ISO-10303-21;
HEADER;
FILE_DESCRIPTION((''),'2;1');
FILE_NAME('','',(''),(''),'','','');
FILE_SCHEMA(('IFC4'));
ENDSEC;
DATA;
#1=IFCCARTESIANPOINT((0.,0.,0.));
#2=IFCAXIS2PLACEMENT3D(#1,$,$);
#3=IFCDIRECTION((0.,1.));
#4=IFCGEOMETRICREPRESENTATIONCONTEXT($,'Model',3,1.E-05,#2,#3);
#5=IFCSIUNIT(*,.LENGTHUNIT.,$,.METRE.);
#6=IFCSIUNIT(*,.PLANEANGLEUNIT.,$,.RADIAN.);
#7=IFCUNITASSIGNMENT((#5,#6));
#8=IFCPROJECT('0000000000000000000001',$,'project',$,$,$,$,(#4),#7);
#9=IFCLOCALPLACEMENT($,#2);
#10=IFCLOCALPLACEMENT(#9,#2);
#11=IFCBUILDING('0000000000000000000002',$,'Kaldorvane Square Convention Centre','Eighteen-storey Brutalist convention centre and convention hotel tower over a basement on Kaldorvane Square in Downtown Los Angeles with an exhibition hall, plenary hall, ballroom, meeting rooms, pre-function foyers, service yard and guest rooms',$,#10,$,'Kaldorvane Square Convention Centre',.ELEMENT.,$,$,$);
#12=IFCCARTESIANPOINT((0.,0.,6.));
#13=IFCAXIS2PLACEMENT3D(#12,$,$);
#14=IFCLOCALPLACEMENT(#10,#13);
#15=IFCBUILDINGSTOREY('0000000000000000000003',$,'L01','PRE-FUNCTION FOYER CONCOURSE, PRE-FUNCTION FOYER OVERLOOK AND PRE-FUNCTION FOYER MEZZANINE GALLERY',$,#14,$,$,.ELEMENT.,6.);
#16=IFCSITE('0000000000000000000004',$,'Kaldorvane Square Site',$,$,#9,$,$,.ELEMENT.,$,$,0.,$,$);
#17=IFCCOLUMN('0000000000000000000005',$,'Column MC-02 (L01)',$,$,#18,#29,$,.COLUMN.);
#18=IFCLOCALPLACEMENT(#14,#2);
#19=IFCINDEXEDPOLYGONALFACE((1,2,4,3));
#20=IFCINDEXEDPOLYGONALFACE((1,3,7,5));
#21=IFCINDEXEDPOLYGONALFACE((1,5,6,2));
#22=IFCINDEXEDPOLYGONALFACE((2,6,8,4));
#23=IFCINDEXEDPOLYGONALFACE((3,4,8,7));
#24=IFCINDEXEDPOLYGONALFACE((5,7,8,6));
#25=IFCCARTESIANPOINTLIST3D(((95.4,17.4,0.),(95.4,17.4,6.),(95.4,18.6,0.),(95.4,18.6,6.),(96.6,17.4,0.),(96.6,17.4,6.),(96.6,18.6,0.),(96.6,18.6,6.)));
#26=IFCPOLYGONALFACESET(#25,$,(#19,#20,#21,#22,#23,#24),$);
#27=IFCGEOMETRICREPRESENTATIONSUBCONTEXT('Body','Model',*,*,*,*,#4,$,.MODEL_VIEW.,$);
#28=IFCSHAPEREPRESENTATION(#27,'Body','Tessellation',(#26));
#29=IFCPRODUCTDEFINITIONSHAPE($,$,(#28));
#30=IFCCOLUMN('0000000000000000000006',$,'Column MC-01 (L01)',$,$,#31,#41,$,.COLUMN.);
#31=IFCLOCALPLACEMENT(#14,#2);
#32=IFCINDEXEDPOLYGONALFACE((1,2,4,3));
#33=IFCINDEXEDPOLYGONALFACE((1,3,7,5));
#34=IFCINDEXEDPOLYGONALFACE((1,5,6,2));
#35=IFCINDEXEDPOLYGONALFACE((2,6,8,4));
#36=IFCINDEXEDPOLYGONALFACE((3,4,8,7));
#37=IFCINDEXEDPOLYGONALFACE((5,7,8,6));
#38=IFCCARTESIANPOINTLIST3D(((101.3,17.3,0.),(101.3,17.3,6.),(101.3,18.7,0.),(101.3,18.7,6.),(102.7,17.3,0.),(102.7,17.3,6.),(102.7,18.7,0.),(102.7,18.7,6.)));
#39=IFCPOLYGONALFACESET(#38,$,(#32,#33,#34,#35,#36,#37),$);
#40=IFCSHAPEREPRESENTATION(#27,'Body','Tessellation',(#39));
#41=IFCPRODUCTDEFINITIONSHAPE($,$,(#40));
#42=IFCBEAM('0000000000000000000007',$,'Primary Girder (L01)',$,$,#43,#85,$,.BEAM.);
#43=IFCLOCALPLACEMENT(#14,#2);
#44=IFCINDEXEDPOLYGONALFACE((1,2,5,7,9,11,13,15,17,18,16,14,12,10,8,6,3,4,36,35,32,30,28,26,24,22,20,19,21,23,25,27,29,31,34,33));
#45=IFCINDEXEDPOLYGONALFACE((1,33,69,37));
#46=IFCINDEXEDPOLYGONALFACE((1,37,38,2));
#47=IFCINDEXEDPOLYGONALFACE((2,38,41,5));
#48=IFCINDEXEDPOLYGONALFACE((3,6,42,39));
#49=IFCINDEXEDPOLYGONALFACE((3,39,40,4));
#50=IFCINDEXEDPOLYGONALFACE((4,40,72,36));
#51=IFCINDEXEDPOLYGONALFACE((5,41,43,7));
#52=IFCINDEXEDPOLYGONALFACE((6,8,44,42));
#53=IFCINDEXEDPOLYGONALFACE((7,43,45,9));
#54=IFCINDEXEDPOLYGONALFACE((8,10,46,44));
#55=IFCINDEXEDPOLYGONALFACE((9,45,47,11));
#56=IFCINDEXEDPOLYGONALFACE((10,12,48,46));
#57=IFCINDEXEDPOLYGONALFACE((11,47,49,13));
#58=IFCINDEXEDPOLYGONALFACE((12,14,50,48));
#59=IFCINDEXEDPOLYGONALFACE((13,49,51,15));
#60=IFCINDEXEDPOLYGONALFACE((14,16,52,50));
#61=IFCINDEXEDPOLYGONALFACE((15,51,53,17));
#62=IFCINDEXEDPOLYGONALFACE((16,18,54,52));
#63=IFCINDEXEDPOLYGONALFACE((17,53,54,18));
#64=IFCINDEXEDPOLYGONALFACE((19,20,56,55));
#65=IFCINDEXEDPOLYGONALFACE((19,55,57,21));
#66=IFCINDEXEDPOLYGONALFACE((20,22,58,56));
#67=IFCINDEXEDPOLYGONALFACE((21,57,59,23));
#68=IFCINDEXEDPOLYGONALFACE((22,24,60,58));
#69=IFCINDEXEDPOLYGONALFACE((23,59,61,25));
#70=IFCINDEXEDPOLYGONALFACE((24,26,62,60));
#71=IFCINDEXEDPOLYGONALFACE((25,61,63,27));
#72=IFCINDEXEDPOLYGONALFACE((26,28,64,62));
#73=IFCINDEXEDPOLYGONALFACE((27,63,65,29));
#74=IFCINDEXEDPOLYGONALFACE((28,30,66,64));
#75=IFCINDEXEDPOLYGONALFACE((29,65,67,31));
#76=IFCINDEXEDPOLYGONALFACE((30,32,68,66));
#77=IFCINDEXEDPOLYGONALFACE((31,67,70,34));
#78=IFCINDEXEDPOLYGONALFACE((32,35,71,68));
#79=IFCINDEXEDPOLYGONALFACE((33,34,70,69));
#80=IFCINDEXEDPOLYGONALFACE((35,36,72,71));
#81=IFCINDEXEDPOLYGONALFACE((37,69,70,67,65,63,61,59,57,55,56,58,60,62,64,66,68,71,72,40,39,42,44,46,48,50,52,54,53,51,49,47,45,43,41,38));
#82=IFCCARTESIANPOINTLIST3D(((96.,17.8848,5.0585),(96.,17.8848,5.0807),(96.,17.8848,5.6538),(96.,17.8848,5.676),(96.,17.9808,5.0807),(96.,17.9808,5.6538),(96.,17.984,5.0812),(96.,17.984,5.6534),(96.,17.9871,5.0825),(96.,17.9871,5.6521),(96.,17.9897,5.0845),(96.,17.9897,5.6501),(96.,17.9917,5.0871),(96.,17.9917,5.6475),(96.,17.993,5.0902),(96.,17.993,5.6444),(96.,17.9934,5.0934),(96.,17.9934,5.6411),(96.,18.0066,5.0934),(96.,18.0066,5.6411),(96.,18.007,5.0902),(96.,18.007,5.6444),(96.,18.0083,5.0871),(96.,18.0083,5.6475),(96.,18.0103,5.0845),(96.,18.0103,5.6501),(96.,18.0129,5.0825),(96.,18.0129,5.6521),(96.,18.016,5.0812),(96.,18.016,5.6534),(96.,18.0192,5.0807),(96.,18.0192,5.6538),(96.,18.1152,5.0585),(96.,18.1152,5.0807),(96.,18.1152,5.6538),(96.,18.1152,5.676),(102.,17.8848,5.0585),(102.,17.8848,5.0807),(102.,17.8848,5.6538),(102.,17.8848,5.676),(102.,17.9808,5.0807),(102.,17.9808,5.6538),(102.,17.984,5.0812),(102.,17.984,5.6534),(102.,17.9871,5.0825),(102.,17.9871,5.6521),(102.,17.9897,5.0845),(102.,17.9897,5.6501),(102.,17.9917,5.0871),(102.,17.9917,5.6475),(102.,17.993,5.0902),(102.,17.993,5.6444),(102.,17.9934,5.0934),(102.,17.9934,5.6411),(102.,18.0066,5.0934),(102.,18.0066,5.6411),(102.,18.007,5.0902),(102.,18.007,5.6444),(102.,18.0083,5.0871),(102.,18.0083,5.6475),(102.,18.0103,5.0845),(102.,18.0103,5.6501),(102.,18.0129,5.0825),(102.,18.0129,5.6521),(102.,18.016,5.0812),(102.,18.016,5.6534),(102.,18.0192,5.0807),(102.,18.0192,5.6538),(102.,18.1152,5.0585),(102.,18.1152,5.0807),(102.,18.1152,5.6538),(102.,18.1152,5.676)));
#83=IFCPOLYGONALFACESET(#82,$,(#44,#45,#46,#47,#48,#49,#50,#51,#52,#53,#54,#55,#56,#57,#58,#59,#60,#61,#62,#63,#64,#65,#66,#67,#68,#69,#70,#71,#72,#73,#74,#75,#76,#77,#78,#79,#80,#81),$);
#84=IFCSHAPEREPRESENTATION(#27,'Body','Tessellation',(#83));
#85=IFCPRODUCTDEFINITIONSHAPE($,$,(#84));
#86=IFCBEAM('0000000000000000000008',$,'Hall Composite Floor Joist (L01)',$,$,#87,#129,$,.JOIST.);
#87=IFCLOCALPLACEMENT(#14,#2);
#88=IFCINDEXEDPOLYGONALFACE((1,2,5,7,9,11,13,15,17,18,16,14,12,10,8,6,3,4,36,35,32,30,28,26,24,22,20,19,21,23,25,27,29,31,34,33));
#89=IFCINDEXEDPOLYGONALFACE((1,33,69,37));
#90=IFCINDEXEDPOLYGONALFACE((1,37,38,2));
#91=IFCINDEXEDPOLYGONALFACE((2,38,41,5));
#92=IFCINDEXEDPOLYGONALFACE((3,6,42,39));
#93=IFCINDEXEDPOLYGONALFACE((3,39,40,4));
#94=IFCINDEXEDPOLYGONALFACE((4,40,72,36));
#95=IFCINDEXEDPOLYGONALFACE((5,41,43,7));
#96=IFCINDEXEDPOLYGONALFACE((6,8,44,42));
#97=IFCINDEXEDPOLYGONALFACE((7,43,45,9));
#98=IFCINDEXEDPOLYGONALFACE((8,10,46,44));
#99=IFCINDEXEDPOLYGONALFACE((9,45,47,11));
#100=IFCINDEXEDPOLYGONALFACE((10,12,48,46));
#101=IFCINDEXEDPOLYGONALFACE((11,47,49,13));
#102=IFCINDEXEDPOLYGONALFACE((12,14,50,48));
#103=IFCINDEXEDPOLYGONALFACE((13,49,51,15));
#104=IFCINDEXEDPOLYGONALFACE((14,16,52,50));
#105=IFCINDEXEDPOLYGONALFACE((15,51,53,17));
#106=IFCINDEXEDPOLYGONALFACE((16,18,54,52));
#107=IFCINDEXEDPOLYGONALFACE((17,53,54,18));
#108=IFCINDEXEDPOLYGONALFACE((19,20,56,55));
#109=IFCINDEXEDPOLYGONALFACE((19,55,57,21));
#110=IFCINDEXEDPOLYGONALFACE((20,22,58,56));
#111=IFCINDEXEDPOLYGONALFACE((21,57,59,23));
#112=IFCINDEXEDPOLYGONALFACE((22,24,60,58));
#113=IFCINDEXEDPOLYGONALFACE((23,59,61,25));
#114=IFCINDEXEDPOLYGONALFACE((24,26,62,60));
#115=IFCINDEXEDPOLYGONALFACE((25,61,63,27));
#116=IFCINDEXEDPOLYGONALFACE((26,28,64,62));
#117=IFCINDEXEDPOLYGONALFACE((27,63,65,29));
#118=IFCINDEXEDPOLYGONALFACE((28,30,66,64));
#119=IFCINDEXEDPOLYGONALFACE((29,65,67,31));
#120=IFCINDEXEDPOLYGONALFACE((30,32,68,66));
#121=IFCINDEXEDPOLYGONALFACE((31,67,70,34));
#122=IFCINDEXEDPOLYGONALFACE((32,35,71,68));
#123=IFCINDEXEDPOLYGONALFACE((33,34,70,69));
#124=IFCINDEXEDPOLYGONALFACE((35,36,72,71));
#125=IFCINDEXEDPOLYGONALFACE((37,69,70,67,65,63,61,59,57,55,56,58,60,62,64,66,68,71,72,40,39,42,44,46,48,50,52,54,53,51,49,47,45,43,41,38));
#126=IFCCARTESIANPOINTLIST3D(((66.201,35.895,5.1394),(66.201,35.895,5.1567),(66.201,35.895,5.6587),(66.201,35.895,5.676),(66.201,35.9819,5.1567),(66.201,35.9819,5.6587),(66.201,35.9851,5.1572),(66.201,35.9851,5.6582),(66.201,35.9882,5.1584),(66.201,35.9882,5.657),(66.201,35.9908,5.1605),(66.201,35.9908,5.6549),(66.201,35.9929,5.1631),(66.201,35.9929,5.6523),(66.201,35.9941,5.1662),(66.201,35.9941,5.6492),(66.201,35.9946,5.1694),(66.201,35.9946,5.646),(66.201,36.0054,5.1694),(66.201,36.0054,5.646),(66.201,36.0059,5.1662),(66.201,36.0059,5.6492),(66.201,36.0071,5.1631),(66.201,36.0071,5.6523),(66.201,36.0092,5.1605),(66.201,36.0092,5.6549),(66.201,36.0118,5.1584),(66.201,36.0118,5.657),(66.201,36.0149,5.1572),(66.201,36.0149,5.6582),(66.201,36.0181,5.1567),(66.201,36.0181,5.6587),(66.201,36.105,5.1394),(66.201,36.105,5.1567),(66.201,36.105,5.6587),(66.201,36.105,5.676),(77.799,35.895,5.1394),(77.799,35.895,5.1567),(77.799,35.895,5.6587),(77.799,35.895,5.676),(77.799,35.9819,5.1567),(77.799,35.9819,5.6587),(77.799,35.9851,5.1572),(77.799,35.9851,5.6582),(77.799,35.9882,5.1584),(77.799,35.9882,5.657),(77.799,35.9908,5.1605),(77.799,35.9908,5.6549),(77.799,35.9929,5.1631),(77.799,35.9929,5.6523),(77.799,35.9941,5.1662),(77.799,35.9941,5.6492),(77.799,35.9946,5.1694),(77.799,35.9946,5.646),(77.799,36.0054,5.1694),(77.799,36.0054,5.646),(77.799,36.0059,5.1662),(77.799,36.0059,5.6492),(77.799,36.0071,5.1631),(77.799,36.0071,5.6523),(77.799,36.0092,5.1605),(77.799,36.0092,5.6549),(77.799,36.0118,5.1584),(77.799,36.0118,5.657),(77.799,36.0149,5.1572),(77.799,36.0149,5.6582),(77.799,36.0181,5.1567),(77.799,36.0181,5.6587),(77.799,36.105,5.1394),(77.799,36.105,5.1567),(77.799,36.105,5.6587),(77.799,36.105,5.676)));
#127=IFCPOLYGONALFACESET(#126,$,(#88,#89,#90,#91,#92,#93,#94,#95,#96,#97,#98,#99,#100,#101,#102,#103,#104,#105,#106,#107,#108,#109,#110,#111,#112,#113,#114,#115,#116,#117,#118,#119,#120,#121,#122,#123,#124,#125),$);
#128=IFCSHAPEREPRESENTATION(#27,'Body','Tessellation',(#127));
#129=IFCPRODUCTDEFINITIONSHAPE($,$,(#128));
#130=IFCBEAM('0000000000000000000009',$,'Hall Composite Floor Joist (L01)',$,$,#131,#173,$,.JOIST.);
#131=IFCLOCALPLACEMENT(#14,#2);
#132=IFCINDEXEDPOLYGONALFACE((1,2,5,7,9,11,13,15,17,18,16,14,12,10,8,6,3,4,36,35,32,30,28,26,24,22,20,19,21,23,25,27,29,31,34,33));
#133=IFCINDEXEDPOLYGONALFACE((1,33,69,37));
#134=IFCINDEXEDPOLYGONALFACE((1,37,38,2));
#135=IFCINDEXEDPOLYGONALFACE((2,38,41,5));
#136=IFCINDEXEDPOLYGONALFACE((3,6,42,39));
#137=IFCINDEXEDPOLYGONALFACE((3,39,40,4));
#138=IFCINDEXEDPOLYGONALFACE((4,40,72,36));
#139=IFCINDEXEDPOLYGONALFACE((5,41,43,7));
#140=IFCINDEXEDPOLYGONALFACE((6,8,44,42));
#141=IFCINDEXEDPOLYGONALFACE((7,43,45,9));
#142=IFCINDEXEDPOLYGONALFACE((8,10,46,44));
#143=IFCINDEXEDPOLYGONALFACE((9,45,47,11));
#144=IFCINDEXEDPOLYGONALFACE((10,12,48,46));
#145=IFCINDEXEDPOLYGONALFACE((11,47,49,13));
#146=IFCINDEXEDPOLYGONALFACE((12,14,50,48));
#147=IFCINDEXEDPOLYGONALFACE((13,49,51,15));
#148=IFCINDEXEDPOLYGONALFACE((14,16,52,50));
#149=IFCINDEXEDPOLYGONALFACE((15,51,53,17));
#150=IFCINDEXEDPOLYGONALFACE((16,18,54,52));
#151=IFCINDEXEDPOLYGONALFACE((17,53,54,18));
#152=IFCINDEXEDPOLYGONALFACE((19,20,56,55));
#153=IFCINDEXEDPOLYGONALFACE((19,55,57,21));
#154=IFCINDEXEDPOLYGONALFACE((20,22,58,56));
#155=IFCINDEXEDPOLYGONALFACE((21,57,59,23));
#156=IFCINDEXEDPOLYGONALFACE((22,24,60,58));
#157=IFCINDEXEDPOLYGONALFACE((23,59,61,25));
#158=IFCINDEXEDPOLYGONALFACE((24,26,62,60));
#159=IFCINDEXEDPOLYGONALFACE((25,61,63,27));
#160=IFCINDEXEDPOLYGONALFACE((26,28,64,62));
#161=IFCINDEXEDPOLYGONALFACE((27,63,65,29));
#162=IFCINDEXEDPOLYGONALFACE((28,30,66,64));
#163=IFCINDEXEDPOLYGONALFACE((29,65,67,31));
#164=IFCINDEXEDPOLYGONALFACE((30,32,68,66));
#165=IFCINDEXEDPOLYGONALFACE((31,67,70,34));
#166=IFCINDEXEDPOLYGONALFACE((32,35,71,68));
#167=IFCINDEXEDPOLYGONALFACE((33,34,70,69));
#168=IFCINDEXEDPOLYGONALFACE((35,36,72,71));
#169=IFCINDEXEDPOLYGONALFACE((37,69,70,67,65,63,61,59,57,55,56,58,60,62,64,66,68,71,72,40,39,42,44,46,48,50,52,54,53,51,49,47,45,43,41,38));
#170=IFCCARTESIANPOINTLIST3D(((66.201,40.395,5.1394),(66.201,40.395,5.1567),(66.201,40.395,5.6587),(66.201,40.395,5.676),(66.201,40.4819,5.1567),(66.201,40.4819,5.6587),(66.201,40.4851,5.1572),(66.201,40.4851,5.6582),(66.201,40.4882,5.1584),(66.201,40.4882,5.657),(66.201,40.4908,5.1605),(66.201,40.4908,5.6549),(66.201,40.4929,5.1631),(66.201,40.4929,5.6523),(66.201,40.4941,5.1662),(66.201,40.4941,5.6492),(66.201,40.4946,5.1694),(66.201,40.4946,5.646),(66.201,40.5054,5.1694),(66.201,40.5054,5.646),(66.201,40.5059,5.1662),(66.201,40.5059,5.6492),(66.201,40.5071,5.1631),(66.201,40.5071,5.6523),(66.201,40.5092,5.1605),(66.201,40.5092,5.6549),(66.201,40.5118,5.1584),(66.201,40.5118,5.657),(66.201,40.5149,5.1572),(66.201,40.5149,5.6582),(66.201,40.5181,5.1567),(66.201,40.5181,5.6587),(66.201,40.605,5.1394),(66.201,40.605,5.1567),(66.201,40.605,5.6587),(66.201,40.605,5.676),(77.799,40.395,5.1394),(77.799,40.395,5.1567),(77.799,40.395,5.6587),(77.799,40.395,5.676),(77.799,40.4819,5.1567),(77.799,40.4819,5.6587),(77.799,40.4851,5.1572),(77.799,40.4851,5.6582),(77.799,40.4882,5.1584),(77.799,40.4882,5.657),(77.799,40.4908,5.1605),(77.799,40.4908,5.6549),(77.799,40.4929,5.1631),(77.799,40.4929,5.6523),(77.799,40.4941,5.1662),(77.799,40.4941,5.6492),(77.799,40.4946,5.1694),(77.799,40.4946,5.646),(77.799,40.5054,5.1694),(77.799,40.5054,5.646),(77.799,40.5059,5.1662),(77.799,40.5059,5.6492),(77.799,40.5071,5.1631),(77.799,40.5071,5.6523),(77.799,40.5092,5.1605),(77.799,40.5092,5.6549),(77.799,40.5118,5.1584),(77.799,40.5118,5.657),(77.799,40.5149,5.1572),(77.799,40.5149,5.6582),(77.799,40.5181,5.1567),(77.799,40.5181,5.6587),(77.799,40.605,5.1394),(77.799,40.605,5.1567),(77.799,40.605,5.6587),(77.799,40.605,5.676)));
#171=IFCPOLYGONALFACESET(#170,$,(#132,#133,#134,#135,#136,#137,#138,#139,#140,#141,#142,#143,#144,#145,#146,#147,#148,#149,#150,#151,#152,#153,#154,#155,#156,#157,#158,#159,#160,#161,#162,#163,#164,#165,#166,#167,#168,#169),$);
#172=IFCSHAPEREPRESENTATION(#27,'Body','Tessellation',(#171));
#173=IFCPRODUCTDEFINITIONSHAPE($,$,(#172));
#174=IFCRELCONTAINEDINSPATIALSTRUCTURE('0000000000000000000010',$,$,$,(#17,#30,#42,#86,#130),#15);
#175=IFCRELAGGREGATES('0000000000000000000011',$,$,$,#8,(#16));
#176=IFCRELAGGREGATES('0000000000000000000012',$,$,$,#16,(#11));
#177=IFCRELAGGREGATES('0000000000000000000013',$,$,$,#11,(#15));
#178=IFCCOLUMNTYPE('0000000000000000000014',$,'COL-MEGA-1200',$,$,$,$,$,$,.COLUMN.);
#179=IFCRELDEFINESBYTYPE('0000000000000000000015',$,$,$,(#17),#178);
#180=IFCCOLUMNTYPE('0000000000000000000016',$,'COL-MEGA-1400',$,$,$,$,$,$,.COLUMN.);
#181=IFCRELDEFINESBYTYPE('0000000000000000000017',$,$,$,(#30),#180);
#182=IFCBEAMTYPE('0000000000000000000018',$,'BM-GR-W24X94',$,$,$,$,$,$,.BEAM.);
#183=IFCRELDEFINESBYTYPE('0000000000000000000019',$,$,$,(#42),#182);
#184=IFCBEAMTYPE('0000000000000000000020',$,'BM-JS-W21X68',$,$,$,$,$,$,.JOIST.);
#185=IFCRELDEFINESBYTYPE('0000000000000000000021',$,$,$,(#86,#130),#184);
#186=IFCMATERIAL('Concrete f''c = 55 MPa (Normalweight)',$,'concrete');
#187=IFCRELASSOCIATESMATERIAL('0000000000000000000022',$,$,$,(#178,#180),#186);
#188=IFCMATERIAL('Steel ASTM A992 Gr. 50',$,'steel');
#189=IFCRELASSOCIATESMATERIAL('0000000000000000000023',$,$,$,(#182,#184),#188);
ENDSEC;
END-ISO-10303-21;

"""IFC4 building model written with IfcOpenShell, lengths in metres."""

from ifc_helpers import new_model, si_unit, direction, frame, origin, origin_2d, place, context, subcontext, project, spatial, rectangle, i_section, extrude, material, material_profile, profile_set, type_object, element, save


model = new_model("IFC4")

# Units and contexts
model_context = context("Model", 3, precision=1e-05, world=origin(), true_north=direction((0.0, 1.0)))
body_context = subcontext(model_context, "Body", "Model", "MODEL_VIEW")
ifc_project = project(units=[si_unit("LENGTHUNIT", "METRE"), si_unit("PLANEANGLEUNIT", "RADIAN")], contexts=[model_context])

# Site, building, storey
site_placement = place(None, origin())
site = spatial("IfcSite", under=ifc_project, at=site_placement, Name="Kaldorvane Square Site", CompositionType="ELEMENT", RefElevation=0.0)
building_placement = place(site_placement, origin())
building = spatial("IfcBuilding", under=site, at=building_placement, Name="Kaldorvane Square Convention Centre", Description="Eighteen-storey Brutalist convention centre and convention hotel tower over a basement on Kaldorvane Square in Downtown Los Angeles with an exhibition hall, plenary hall, ballroom, meeting rooms, pre-function foyers, service yard and guest rooms", LongName="Kaldorvane Square Convention Centre", CompositionType="ELEMENT")
storey_placement = place(building_placement, frame((0.0, 0.0, 6.0)))
storey = spatial("IfcBuildingStorey", under=building, at=storey_placement, Name="L01", Description="PRE-FUNCTION FOYER CONCOURSE, PRE-FUNCTION FOYER OVERLOOK AND PRE-FUNCTION FOYER MEZZANINE GALLERY", CompositionType="ELEMENT", Elevation=6.0)

# Columns
ifc_material_1 = material(Name="Concrete f'c = 55 MPa (Normalweight)", Category="concrete")
ifc_material_profile_1 = material_profile(ifc_material_1, rectangle(XDim=1.2, YDim=1.2, at=origin_2d()), Name="RC1200X1200")
ifc_profile_set_1 = profile_set([ifc_material_profile_1], Name="Concrete f'c = 55 MPa (Normalweight)")
column_type_1 = type_object("IfcColumnType", Name="COL-MEGA-1200", PredefinedType="COLUMN", material=ifc_profile_set_1)
column_1_placement = place(storey_placement, frame((96.0, 18.0, 0.0), z_axis=(0.0, 0.0, 1.0), x_axis=(1.0, 0.0, 0.0)))
element("IfcColumn", 1, at=column_1_placement, inside=storey, type_object=column_type_1, Name="Column MC-02 (L01)", PredefinedType="COLUMN", context=body_context, shape_type="SweptSolid", body=[
    extrude(rectangle(XDim=1.2, YDim=1.2, at=origin_2d()), origin(), (0.0, 0.0, 1.0), 6.0),
])
ifc_material_profile_2 = material_profile(ifc_material_1, rectangle(XDim=1.4, YDim=1.4, at=origin_2d()), Name="RC1400X1400")
ifc_profile_set_2 = profile_set([ifc_material_profile_2], Name="Concrete f'c = 55 MPa (Normalweight)")
column_type_2 = type_object("IfcColumnType", Name="COL-MEGA-1400", PredefinedType="COLUMN", material=ifc_profile_set_2)
column_2_placement = place(storey_placement, frame((102.0, 18.0, 0.0), z_axis=(0.0, 0.0, 1.0), x_axis=(1.0, 0.0, 0.0)))
element("IfcColumn", 2, at=column_2_placement, inside=storey, type_object=column_type_2, Name="Column MC-01 (L01)", PredefinedType="COLUMN", context=body_context, shape_type="SweptSolid", body=[
    extrude(rectangle(XDim=1.4, YDim=1.4, at=origin_2d()), origin(), (0.0, 0.0, 1.0), 6.0),
])

# Beams
ifc_material_2 = material(Name="Steel ASTM A992 Gr. 50", Category="steel")
ifc_material_profile_3 = material_profile(ifc_material_2, i_section(OverallWidth=0.2303, OverallDepth=0.6175, WebThickness=0.0131, FlangeThickness=0.0222, FilletRadius=0.0127, at=origin_2d()), Name="W24X94")
ifc_profile_set_3 = profile_set([ifc_material_profile_3], Name="Steel ASTM A992 Gr. 50")
beam_type_1 = type_object("IfcBeamType", Name="BM-GR-W24X94", PredefinedType="BEAM", material=ifc_profile_set_3)
beam_placement = place(storey_placement, frame((96.0, 18.0, 5.3673), z_axis=(1.0, 0.0, 0.0), x_axis=(0.0, 1.0, 0.0)))
element("IfcBeam", 3, at=beam_placement, inside=storey, type_object=beam_type_1, Name="Primary Girder (L01)", PredefinedType="BEAM", context=body_context, shape_type="SweptSolid", body=[
    extrude(i_section(OverallWidth=0.2303, OverallDepth=0.6175, WebThickness=0.0131, FlangeThickness=0.0222, FilletRadius=0.0127, at=origin_2d()), origin(), (0.0, 0.0, 1.0), 6.0),
])
ifc_material_profile_4 = material_profile(ifc_material_2, i_section(OverallWidth=0.2101, OverallDepth=0.5367, WebThickness=0.0109, FlangeThickness=0.0174, FilletRadius=0.0127, at=origin_2d()), Name="W21X68")
ifc_profile_set_4 = profile_set([ifc_material_profile_4], Name="Steel ASTM A992 Gr. 50")
beam_type_2 = type_object("IfcBeamType", Name="BM-JS-W21X68", PredefinedType="JOIST", material=ifc_profile_set_4)
for number, where, z_axis, x_axis, name in (
    (4, (66.201, 36.0, 5.4077), (1.0, 0.0, 0.0), (0.0, 1.0, 0.0), "Hall Composite Floor Joist (L01)"),
    (5, (66.201, 40.5, 5.4077), (1.0, 0.0, 0.0), (0.0, 1.0, 0.0), "Hall Composite Floor Joist (L01)"),
):
    element("IfcBeam", number, at=place(storey_placement, frame(where, z_axis=z_axis, x_axis=x_axis)), inside=storey, type_object=beam_type_2, Name=name, PredefinedType="JOIST", context=body_context, shape_type="SweptSolid", body=[
        extrude(i_section(OverallWidth=0.2101, OverallDepth=0.5367, WebThickness=0.0109, FlangeThickness=0.0174, FilletRadius=0.0127, at=origin_2d()), origin(), (0.0, 0.0, 1.0), 11.598),
    ])

save(model, "model.ifc")
